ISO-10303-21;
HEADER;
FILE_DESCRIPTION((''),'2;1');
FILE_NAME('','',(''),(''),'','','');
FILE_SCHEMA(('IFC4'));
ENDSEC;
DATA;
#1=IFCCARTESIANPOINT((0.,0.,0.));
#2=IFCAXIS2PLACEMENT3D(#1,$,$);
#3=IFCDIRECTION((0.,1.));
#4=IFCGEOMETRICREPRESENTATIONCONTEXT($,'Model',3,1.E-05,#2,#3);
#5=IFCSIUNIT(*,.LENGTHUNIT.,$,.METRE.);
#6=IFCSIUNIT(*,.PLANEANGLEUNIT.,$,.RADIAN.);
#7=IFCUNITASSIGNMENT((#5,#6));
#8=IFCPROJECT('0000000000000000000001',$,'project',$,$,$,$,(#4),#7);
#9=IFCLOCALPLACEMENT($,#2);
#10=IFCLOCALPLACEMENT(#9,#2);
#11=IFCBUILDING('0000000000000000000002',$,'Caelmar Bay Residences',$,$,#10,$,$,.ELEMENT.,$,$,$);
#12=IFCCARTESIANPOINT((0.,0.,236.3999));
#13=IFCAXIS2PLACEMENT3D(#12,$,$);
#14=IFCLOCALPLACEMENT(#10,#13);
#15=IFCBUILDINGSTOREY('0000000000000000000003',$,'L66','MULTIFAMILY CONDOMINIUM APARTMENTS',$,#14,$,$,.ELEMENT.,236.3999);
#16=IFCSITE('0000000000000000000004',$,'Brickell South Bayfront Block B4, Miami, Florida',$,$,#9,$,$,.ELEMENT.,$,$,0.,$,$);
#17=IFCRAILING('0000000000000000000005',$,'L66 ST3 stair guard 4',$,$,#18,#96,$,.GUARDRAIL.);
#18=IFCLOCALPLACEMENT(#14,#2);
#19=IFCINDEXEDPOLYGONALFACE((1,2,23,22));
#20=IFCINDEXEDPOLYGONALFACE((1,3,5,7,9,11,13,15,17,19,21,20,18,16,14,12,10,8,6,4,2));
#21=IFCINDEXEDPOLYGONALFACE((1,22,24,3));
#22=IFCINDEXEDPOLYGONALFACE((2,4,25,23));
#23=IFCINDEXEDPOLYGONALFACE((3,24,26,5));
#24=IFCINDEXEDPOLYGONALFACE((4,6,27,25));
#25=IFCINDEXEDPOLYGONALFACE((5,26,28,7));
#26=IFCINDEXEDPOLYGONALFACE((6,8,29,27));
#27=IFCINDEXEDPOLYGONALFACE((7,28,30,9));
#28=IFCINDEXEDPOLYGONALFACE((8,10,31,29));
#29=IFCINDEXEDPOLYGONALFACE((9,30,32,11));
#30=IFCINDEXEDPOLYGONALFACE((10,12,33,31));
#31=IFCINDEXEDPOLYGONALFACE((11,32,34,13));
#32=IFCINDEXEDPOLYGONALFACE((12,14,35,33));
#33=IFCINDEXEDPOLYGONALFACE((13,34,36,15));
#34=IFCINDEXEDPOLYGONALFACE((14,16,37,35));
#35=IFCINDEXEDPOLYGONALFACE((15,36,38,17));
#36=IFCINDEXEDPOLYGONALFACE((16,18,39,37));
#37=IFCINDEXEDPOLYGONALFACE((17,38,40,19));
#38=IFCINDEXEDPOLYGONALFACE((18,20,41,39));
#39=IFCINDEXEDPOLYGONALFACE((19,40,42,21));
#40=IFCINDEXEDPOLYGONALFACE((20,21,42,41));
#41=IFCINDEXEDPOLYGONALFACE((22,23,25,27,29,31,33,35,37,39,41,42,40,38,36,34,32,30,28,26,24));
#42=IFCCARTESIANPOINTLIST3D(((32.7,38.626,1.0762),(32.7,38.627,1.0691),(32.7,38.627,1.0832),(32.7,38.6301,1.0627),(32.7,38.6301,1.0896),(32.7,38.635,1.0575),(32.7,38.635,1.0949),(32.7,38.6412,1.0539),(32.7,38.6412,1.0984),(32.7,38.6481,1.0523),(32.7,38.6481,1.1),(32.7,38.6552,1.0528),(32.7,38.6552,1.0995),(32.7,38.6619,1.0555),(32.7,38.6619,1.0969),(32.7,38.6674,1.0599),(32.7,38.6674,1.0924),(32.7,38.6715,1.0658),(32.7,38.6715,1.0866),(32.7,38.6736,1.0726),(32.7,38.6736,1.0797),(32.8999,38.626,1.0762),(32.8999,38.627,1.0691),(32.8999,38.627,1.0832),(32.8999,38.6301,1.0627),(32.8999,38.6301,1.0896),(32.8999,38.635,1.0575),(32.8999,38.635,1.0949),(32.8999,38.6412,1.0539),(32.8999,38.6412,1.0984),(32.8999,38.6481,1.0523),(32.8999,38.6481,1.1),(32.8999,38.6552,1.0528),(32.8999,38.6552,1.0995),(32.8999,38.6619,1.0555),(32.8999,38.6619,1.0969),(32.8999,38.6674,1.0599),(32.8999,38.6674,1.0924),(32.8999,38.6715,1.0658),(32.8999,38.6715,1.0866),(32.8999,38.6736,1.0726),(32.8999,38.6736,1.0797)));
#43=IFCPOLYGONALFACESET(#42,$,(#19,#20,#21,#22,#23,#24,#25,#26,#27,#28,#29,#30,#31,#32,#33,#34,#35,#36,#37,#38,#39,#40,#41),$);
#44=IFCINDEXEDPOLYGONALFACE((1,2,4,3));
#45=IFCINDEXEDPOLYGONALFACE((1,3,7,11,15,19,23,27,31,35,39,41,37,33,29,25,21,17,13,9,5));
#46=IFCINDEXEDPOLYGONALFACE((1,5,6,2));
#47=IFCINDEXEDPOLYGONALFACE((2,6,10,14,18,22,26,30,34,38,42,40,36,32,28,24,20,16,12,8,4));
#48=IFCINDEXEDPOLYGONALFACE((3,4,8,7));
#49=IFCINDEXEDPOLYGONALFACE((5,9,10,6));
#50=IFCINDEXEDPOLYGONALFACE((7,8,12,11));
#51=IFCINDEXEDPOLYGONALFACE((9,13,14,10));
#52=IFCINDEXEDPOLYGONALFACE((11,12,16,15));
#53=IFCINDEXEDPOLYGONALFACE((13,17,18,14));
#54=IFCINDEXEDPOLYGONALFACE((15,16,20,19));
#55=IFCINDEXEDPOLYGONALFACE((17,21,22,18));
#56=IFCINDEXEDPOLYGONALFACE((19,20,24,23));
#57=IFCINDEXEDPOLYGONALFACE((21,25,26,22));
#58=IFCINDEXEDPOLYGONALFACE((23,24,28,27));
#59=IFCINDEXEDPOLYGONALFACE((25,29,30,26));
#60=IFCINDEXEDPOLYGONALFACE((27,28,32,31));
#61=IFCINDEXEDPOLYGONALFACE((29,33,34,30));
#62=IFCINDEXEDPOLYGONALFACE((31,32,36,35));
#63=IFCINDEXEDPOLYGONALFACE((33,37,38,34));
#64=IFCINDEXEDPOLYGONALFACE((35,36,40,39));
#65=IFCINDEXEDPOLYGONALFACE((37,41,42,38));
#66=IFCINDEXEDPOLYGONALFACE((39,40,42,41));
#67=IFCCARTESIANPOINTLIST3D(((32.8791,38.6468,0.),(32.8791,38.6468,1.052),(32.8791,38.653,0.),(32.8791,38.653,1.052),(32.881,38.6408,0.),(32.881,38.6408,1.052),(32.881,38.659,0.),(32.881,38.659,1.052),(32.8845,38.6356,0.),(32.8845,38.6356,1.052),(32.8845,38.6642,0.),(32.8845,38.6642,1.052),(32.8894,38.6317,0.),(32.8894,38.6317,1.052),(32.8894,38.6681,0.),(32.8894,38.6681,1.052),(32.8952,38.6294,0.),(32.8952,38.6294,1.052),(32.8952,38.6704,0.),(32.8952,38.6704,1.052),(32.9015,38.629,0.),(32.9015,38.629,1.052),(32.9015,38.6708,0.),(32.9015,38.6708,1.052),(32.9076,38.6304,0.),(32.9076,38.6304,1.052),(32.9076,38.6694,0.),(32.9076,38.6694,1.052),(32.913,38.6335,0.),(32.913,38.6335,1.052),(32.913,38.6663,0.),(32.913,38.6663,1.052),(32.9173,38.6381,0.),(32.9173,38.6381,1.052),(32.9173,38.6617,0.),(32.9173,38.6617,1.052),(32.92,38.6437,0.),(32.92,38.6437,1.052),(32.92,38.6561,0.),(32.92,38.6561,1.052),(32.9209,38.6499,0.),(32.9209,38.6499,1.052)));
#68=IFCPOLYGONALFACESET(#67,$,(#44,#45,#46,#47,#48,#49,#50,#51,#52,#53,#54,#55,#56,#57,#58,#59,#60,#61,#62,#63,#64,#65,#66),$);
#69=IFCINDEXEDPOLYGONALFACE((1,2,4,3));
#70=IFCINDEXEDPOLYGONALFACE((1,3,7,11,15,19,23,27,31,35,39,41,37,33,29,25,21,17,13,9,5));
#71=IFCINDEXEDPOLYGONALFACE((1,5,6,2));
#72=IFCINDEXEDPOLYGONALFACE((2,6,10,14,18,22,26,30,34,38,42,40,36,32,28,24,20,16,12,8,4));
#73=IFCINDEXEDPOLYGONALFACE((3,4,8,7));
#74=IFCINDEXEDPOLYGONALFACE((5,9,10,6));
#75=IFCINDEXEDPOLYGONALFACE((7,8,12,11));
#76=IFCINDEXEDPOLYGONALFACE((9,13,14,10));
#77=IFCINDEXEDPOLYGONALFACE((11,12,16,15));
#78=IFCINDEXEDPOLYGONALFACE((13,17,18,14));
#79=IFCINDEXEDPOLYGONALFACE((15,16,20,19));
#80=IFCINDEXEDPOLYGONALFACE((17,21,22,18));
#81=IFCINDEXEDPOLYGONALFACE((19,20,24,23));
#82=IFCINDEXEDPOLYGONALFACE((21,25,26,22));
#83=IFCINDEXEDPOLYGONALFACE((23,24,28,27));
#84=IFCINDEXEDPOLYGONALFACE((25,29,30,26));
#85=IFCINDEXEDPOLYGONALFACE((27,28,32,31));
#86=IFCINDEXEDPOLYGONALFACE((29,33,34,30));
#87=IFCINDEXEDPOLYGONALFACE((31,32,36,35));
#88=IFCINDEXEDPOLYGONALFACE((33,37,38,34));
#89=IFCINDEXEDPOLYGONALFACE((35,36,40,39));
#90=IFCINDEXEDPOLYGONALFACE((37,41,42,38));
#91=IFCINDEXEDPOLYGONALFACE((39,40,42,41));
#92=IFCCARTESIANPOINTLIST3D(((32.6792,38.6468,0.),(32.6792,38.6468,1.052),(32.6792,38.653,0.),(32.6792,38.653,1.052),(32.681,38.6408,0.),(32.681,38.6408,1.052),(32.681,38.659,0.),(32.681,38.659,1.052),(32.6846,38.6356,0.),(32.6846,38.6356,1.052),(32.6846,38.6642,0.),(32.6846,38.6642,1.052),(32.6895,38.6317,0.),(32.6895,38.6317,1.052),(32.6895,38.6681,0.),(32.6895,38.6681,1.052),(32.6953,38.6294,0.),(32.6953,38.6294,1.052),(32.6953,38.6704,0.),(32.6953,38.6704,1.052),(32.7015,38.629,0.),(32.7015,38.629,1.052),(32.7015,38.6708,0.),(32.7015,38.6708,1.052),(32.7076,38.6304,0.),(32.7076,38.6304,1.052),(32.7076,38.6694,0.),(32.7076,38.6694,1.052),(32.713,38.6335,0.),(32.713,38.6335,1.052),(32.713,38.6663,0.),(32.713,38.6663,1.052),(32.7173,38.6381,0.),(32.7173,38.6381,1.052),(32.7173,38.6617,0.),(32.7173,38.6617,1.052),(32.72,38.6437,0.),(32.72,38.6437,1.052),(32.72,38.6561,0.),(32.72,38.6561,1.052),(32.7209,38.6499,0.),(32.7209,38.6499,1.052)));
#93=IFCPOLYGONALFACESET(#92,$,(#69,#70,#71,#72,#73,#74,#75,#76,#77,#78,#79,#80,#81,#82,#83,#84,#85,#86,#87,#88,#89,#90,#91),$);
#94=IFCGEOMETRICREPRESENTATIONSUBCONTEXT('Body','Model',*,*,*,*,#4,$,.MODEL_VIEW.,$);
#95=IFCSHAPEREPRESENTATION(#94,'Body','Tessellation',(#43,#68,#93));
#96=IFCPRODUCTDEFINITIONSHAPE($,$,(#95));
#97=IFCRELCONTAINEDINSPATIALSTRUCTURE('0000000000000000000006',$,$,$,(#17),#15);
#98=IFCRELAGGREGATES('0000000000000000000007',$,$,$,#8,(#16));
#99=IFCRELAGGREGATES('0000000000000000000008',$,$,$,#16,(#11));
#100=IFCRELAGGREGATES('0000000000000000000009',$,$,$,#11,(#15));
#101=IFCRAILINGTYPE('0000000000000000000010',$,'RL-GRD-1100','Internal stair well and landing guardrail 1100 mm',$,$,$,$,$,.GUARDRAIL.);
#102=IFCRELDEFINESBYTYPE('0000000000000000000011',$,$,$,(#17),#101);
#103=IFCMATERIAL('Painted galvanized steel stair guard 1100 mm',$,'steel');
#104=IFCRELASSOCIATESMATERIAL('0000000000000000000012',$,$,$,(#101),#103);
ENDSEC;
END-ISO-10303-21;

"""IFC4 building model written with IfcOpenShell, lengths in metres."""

from ifc_helpers import new_model, si_unit, direction, frame, origin, origin_2d, place, context, subcontext, project, spatial, circle, extrude, material, type_object, element, save


model = new_model("IFC4")

# Units and contexts
model_context = context("Model", 3, precision=1e-05, world=origin(), true_north=direction((0.0, 1.0)))
body_context = subcontext(model_context, "Body", "Model", "MODEL_VIEW")
ifc_project = project(units=[si_unit("LENGTHUNIT", "METRE"), si_unit("PLANEANGLEUNIT", "RADIAN")], contexts=[model_context])

# Site, building, storey
site_placement = place(None, origin())
site = spatial("IfcSite", under=ifc_project, at=site_placement, Name="Brickell South Bayfront Block B4, Miami, Florida", CompositionType="ELEMENT", RefElevation=0.0)
building_placement = place(site_placement, origin())
building = spatial("IfcBuilding", under=site, at=building_placement, Name="Caelmar Bay Residences", CompositionType="ELEMENT")
storey_placement = place(building_placement, frame((0.0, 0.0, 236.3999)))
storey = spatial("IfcBuildingStorey", under=building, at=storey_placement, Name="L66", Description="MULTIFAMILY CONDOMINIUM APARTMENTS", CompositionType="ELEMENT", Elevation=236.3999)

# Railing
ifc_material_1 = material(Name="Painted galvanized steel stair guard 1100 mm", Category="steel")
railing_type_1 = type_object("IfcRailingType", Name="RL-GRD-1100", Description="Internal stair well and landing guardrail 1100 mm", PredefinedType="GUARDRAIL", material=ifc_material_1)
railing_1_placement = place(storey_placement, frame((32.8999, 38.6499, 0.0)))
element("IfcRailing", 1, at=railing_1_placement, inside=storey, type_object=railing_type_1, Name="L66 ST3 stair guard 4", PredefinedType="GUARDRAIL", context=body_context, shape_type="SweptSolid", body=[
    extrude(circle(Radius=0.0239, at=origin_2d()), frame((0.0, 0.0, 1.0762), z_axis=(-1.0, 0.0, 0.0), x_axis=(0.0, -1.0, 0.0)), (0.0, 0.0, 1.0), 0.2),
    extrude(circle(Radius=0.021, at=origin_2d()), origin(), (0.0, 0.0, 1.0), 1.052),
    extrude(circle(Radius=0.021, at=origin_2d()), frame((-0.2, 0.0, 0.0)), (0.0, 0.0, 1.0), 1.052),
])

save(model, "model.ifc")
